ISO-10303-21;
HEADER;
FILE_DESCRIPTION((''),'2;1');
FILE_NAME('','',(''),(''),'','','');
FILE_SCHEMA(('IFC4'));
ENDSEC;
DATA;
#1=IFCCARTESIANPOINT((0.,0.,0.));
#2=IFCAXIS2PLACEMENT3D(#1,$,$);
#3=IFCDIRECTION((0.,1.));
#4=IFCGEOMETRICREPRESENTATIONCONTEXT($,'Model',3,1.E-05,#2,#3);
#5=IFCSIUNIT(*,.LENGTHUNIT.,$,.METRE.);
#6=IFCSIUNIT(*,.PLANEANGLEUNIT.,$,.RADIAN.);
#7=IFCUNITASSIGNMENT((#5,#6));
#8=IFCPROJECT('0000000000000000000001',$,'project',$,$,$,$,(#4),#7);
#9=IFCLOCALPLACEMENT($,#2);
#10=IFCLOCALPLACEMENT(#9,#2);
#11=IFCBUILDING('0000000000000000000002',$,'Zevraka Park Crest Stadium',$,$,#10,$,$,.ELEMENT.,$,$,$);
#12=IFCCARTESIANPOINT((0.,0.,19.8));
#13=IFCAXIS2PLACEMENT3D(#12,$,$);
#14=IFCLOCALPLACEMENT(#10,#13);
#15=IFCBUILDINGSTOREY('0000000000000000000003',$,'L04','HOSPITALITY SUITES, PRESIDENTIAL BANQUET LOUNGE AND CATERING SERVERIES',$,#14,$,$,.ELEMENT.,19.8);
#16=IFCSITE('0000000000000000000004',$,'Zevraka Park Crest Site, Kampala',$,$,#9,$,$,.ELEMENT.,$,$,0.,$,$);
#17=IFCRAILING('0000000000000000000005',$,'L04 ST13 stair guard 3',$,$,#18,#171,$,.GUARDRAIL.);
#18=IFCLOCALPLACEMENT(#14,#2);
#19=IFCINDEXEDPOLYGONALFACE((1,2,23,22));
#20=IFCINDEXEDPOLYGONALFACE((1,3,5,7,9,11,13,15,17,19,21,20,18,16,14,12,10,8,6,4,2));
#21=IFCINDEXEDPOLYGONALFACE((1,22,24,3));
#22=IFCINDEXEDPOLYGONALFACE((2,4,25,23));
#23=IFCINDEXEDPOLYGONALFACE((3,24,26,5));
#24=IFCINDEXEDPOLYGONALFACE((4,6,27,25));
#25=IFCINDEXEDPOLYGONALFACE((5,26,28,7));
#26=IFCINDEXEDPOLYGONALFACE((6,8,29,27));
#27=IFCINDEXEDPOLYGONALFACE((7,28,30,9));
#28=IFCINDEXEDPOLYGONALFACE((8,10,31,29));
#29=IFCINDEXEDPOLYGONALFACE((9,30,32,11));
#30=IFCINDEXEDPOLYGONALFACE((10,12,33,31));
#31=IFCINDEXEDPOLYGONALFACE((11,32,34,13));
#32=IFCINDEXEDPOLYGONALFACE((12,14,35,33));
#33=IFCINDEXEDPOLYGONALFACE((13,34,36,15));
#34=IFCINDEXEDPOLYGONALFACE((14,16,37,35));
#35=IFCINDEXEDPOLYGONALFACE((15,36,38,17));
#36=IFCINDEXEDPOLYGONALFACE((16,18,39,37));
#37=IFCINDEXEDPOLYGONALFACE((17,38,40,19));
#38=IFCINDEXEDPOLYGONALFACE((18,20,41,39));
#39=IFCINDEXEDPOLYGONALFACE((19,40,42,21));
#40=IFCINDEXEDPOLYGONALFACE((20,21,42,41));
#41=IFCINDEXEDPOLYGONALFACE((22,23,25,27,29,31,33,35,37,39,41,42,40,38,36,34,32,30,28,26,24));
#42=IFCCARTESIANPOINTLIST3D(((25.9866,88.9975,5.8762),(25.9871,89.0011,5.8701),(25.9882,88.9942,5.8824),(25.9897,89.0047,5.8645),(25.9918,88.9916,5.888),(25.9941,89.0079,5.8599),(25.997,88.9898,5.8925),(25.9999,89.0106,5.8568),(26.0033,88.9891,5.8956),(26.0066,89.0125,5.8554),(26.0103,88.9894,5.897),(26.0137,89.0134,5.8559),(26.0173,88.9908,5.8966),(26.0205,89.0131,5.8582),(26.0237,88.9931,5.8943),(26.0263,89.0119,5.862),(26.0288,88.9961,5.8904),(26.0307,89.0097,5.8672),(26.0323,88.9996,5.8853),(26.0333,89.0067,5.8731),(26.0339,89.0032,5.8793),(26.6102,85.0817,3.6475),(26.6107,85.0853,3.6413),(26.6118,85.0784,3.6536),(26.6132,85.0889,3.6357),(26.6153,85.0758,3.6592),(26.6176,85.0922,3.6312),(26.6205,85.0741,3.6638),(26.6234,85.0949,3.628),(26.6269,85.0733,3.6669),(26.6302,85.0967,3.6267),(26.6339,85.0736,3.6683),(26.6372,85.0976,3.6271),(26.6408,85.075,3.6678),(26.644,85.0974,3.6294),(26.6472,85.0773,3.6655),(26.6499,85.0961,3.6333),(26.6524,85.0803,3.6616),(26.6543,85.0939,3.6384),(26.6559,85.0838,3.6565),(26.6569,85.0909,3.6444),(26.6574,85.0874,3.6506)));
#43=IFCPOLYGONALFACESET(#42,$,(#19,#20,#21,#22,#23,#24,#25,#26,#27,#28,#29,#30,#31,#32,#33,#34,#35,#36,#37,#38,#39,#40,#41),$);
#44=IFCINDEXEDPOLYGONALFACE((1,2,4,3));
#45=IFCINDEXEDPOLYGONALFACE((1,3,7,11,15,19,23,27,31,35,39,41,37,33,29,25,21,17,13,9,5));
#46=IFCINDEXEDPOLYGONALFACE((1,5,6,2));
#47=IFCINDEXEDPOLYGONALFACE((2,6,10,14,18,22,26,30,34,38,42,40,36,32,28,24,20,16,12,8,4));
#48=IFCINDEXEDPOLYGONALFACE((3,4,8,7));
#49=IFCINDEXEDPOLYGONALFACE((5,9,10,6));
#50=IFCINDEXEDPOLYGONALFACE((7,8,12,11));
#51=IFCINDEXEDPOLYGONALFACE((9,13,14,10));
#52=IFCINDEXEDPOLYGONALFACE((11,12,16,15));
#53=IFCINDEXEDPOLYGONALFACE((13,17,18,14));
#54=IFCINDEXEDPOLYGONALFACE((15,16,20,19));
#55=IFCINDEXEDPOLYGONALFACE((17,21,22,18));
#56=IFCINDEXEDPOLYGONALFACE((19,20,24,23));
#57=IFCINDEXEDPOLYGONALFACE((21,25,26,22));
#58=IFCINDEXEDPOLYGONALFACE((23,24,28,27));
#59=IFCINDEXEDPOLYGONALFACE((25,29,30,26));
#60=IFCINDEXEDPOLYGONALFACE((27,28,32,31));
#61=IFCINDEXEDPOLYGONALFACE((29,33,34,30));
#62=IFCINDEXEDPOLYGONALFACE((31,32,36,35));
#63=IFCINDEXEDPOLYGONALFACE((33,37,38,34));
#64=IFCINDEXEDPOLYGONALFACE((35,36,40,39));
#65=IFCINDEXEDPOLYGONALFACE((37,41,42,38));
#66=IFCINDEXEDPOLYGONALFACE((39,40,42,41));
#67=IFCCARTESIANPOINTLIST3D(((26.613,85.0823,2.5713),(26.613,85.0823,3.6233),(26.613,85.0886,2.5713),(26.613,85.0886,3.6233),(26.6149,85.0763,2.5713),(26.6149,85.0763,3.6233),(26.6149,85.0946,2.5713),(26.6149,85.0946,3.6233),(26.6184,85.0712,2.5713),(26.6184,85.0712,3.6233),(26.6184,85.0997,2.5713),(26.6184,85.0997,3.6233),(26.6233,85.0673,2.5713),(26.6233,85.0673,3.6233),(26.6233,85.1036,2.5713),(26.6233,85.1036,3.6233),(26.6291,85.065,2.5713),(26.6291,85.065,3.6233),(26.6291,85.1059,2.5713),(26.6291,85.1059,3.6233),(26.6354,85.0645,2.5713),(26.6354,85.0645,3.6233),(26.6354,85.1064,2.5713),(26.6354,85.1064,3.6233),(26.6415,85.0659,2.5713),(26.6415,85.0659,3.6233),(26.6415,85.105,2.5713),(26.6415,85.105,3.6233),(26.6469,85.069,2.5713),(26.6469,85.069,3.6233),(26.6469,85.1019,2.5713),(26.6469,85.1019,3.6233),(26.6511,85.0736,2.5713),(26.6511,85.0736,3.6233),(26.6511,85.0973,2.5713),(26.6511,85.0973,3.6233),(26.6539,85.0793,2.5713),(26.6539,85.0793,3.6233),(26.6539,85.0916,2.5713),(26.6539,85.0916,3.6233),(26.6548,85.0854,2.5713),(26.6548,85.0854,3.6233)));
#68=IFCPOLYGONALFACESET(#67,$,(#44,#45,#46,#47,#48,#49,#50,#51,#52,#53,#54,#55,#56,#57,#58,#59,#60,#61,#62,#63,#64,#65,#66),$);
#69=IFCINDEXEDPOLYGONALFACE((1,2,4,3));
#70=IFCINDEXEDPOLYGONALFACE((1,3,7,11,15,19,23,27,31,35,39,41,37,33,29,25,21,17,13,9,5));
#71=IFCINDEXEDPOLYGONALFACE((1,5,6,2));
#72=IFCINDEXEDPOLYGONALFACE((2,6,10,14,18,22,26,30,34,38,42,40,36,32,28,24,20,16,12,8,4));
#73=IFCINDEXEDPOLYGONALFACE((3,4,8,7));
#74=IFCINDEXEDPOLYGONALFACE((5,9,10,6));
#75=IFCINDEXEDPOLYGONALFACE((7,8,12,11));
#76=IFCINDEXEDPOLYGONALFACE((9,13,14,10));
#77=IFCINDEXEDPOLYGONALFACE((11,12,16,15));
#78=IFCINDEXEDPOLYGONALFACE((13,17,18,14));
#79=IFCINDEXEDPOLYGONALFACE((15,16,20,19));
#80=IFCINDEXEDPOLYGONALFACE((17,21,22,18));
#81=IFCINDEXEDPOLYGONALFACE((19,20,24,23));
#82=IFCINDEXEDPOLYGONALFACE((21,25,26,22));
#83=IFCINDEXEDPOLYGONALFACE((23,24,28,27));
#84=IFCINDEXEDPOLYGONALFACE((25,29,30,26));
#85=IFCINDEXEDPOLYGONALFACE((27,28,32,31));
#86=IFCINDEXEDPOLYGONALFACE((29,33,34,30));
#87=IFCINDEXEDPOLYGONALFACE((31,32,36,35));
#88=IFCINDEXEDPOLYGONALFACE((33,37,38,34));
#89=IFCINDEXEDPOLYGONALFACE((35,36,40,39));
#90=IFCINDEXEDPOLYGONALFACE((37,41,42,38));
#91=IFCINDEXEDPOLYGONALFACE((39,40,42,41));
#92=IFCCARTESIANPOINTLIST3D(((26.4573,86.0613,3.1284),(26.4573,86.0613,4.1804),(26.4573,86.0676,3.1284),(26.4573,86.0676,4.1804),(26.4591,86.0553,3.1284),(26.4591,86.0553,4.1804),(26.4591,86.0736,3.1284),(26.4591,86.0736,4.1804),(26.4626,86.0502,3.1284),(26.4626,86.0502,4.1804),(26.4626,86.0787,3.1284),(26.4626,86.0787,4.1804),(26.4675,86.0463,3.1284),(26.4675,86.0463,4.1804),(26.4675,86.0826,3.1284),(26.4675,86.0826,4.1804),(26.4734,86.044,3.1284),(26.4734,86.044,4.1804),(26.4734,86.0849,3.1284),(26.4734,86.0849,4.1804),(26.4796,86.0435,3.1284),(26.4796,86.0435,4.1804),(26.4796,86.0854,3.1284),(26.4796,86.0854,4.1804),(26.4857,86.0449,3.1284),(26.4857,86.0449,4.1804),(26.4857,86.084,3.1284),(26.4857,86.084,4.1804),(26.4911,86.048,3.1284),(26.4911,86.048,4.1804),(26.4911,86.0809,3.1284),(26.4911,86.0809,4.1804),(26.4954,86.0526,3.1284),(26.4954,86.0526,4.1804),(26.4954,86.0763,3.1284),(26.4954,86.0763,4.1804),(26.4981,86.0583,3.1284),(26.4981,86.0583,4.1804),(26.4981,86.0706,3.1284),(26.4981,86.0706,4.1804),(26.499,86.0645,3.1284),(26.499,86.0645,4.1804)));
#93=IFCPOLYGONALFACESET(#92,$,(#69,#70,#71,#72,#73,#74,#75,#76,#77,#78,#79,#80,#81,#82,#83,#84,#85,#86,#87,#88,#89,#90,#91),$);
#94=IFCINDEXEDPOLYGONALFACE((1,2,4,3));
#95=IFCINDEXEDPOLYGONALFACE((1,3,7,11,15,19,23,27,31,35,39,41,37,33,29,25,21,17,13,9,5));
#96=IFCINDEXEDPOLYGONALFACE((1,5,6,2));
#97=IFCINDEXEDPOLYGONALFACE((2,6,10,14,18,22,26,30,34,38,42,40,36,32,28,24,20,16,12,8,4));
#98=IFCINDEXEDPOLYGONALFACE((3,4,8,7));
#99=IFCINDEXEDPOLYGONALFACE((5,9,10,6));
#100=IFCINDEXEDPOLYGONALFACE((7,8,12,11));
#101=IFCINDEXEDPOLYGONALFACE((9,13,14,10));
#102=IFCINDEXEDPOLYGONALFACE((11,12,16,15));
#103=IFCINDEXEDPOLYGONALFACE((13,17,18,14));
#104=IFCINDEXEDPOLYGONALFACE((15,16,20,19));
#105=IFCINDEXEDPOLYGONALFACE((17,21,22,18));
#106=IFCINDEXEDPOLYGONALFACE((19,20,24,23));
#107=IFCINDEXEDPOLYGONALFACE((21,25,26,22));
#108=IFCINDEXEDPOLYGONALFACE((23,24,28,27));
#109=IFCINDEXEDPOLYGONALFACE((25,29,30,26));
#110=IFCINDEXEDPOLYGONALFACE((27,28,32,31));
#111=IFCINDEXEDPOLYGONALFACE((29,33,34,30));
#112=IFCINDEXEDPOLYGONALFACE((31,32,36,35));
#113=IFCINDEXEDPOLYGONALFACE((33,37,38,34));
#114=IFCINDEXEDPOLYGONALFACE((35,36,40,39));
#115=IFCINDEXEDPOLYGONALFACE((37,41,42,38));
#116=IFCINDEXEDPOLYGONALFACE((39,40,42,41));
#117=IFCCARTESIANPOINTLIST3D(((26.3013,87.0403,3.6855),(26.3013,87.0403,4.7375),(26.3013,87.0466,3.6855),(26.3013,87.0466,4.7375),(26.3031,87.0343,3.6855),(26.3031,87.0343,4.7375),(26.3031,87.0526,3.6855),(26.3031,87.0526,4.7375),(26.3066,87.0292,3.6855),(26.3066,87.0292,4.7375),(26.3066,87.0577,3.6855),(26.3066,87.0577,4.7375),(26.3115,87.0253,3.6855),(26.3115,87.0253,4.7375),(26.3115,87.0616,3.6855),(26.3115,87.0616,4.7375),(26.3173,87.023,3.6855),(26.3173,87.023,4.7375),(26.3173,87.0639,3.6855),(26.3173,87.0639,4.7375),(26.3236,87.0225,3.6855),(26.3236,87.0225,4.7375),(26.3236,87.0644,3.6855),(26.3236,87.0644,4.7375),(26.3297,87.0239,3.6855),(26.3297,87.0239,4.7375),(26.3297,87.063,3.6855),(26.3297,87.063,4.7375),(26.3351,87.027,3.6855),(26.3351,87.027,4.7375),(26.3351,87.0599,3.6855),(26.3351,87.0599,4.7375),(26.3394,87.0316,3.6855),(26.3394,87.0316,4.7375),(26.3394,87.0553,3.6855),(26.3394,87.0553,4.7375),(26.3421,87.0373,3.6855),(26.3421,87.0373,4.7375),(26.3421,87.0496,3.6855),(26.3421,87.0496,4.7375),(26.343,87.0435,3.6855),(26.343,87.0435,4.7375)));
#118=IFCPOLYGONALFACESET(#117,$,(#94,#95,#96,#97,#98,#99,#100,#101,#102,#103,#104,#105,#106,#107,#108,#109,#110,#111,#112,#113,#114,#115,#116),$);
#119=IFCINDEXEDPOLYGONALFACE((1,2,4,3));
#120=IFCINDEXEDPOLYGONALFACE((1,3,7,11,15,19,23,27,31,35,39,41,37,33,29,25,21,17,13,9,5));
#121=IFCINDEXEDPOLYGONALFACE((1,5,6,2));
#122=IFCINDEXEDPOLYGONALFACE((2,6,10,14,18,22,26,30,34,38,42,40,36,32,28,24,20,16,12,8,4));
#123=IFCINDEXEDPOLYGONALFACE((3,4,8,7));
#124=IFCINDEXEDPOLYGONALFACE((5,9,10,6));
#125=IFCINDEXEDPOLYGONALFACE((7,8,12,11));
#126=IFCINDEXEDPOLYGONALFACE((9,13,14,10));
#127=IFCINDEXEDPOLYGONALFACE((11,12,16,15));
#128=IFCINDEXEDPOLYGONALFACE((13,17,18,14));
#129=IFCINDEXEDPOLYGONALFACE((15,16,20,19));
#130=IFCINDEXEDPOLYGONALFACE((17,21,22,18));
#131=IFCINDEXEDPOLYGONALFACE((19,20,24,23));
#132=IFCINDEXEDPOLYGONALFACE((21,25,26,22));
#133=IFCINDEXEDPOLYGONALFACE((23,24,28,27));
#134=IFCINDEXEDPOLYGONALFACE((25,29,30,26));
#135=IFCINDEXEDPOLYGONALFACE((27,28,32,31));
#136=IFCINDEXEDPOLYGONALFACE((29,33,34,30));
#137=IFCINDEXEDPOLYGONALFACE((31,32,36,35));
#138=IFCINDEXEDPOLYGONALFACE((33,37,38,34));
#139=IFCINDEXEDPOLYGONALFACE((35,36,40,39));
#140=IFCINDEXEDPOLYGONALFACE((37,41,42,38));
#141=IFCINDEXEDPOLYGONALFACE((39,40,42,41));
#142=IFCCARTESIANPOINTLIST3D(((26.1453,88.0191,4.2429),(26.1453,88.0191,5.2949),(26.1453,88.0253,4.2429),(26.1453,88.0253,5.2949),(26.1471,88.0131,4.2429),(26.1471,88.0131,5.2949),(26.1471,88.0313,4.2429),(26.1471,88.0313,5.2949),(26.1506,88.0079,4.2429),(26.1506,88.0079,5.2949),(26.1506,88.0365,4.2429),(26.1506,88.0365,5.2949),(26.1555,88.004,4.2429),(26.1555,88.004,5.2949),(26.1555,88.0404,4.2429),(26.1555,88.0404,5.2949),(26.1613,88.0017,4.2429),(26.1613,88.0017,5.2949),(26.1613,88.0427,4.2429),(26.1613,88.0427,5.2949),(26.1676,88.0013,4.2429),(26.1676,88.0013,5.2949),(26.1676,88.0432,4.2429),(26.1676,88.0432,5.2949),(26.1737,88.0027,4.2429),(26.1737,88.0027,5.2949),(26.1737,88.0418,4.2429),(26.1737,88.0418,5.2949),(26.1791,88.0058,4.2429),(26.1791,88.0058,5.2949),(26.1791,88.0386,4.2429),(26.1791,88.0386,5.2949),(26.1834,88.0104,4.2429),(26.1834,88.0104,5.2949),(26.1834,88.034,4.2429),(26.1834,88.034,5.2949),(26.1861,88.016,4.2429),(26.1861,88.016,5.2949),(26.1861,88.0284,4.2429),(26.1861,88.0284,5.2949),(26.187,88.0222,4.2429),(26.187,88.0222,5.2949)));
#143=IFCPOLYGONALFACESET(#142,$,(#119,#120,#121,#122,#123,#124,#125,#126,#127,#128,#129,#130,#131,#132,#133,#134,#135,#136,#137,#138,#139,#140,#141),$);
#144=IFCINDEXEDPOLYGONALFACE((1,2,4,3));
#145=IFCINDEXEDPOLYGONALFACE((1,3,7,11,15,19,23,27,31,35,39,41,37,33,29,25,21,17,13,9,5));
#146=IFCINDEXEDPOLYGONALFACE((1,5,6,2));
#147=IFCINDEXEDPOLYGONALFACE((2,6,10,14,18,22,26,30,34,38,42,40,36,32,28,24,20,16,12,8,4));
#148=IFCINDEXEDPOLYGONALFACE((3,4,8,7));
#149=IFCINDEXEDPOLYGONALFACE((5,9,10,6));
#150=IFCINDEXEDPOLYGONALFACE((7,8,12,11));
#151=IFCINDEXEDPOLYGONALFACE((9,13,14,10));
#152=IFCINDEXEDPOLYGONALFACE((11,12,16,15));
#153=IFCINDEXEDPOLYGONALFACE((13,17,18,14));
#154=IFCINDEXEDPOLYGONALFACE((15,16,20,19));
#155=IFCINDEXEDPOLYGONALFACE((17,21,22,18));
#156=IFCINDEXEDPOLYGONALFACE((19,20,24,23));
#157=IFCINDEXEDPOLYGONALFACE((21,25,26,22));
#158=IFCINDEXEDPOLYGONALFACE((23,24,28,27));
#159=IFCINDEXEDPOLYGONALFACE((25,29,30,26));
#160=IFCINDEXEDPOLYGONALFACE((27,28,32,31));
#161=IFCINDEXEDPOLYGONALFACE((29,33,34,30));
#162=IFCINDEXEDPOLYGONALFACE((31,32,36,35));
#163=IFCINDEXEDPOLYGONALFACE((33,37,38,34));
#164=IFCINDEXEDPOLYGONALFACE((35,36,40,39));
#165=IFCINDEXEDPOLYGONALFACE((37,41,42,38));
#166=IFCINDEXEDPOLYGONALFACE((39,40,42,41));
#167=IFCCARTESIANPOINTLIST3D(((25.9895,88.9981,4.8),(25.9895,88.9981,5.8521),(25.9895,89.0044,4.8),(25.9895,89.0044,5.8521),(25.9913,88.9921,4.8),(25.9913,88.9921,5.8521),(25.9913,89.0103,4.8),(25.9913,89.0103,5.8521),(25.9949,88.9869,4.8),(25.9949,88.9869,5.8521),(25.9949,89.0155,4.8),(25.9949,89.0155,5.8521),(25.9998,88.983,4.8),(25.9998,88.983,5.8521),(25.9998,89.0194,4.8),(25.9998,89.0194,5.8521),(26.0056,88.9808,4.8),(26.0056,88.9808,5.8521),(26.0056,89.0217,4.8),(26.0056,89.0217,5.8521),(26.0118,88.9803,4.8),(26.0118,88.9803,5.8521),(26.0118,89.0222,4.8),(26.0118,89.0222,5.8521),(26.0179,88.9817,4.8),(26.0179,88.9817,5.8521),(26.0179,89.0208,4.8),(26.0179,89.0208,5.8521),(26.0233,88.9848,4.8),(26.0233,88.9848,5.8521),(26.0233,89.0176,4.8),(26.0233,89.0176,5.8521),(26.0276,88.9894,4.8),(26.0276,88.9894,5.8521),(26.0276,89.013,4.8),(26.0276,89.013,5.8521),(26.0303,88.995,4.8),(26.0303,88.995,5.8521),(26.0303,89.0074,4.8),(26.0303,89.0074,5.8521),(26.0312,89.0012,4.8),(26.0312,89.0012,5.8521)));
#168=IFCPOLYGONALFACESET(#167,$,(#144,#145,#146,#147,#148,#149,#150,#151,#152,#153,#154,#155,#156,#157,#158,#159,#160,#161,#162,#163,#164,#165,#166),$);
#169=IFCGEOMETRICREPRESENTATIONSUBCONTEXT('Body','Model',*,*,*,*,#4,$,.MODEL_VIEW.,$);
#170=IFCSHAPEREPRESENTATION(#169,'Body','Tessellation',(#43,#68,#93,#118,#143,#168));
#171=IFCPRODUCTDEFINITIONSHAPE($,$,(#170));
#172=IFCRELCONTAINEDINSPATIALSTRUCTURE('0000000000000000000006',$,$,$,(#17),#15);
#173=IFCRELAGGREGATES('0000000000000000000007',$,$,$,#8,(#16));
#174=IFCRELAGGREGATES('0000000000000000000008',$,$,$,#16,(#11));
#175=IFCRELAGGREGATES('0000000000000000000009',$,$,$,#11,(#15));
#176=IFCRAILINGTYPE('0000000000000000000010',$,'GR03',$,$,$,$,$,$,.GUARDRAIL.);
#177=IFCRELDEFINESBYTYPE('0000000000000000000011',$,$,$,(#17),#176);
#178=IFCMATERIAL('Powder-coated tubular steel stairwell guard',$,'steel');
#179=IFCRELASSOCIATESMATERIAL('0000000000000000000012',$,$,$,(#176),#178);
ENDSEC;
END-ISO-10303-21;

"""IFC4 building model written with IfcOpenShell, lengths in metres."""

from ifc_helpers import new_model, si_unit, direction, frame, origin, origin_2d, place, context, subcontext, project, spatial, circle, extrude, material, type_object, element, save


model = new_model("IFC4")

# Units and contexts
model_context = context("Model", 3, precision=1e-05, world=origin(), true_north=direction((0.0, 1.0)))
body_context = subcontext(model_context, "Body", "Model", "MODEL_VIEW")
ifc_project = project(units=[si_unit("LENGTHUNIT", "METRE"), si_unit("PLANEANGLEUNIT", "RADIAN")], contexts=[model_context])

# Site, building, storey
site_placement = place(None, origin())
site = spatial("IfcSite", under=ifc_project, at=site_placement, Name="Zevraka Park Crest Site, Kampala", CompositionType="ELEMENT", RefElevation=0.0)
building_placement = place(site_placement, origin())
building = spatial("IfcBuilding", under=site, at=building_placement, Name="Zevraka Park Crest Stadium", CompositionType="ELEMENT")
storey_placement = place(building_placement, frame((0.0, 0.0, 19.8)))
storey = spatial("IfcBuildingStorey", under=building, at=storey_placement, Name="L04", Description="HOSPITALITY SUITES, PRESIDENTIAL BANQUET LOUNGE AND CATERING SERVERIES", CompositionType="ELEMENT", Elevation=19.8)

# Railing
ifc_material_1 = material(Name="Powder-coated tubular steel stairwell guard", Category="steel")
railing_type_1 = type_object("IfcRailingType", Name="GR03", PredefinedType="GUARDRAIL", material=ifc_material_1)
railing_1_placement = place(storey_placement, frame((26.6338, 85.0854, 2.5713)))
element("IfcRailing", 1, at=railing_1_placement, inside=storey, type_object=railing_type_1, Name="L04 ST13 stair guard 3", PredefinedType="GUARDRAIL", context=body_context, shape_type="SweptSolid", body=[
    extrude(circle(Radius=0.0239, at=origin_2d()), frame((0.0, 0.0, 1.0762), z_axis=(-0.137084, 0.860881, 0.489992), x_axis=(-0.987558, -0.157256, 0.0)), (0.0, 0.0, 1.0), 4.5486),
    extrude(circle(Radius=0.021, at=origin_2d()), origin(), (0.0, 0.0, 1.0), 1.052),
    extrude(circle(Radius=0.021, at=origin_2d()), frame((-0.1558, 0.979, 0.5571)), (0.0, 0.0, 1.0), 1.052),
    extrude(circle(Radius=0.021, at=origin_2d()), frame((-0.3118, 1.958, 1.1143)), (0.0, 0.0, 1.0), 1.052),
    extrude(circle(Radius=0.021, at=origin_2d()), frame((-0.4678, 2.9368, 1.6716)), (0.0, 0.0, 1.0), 1.052),
    extrude(circle(Radius=0.021, at=origin_2d()), frame((-0.6235, 3.9158, 2.2288)), (0.0, 0.0, 1.0), 1.052),
])

save(model, "model.ifc")
